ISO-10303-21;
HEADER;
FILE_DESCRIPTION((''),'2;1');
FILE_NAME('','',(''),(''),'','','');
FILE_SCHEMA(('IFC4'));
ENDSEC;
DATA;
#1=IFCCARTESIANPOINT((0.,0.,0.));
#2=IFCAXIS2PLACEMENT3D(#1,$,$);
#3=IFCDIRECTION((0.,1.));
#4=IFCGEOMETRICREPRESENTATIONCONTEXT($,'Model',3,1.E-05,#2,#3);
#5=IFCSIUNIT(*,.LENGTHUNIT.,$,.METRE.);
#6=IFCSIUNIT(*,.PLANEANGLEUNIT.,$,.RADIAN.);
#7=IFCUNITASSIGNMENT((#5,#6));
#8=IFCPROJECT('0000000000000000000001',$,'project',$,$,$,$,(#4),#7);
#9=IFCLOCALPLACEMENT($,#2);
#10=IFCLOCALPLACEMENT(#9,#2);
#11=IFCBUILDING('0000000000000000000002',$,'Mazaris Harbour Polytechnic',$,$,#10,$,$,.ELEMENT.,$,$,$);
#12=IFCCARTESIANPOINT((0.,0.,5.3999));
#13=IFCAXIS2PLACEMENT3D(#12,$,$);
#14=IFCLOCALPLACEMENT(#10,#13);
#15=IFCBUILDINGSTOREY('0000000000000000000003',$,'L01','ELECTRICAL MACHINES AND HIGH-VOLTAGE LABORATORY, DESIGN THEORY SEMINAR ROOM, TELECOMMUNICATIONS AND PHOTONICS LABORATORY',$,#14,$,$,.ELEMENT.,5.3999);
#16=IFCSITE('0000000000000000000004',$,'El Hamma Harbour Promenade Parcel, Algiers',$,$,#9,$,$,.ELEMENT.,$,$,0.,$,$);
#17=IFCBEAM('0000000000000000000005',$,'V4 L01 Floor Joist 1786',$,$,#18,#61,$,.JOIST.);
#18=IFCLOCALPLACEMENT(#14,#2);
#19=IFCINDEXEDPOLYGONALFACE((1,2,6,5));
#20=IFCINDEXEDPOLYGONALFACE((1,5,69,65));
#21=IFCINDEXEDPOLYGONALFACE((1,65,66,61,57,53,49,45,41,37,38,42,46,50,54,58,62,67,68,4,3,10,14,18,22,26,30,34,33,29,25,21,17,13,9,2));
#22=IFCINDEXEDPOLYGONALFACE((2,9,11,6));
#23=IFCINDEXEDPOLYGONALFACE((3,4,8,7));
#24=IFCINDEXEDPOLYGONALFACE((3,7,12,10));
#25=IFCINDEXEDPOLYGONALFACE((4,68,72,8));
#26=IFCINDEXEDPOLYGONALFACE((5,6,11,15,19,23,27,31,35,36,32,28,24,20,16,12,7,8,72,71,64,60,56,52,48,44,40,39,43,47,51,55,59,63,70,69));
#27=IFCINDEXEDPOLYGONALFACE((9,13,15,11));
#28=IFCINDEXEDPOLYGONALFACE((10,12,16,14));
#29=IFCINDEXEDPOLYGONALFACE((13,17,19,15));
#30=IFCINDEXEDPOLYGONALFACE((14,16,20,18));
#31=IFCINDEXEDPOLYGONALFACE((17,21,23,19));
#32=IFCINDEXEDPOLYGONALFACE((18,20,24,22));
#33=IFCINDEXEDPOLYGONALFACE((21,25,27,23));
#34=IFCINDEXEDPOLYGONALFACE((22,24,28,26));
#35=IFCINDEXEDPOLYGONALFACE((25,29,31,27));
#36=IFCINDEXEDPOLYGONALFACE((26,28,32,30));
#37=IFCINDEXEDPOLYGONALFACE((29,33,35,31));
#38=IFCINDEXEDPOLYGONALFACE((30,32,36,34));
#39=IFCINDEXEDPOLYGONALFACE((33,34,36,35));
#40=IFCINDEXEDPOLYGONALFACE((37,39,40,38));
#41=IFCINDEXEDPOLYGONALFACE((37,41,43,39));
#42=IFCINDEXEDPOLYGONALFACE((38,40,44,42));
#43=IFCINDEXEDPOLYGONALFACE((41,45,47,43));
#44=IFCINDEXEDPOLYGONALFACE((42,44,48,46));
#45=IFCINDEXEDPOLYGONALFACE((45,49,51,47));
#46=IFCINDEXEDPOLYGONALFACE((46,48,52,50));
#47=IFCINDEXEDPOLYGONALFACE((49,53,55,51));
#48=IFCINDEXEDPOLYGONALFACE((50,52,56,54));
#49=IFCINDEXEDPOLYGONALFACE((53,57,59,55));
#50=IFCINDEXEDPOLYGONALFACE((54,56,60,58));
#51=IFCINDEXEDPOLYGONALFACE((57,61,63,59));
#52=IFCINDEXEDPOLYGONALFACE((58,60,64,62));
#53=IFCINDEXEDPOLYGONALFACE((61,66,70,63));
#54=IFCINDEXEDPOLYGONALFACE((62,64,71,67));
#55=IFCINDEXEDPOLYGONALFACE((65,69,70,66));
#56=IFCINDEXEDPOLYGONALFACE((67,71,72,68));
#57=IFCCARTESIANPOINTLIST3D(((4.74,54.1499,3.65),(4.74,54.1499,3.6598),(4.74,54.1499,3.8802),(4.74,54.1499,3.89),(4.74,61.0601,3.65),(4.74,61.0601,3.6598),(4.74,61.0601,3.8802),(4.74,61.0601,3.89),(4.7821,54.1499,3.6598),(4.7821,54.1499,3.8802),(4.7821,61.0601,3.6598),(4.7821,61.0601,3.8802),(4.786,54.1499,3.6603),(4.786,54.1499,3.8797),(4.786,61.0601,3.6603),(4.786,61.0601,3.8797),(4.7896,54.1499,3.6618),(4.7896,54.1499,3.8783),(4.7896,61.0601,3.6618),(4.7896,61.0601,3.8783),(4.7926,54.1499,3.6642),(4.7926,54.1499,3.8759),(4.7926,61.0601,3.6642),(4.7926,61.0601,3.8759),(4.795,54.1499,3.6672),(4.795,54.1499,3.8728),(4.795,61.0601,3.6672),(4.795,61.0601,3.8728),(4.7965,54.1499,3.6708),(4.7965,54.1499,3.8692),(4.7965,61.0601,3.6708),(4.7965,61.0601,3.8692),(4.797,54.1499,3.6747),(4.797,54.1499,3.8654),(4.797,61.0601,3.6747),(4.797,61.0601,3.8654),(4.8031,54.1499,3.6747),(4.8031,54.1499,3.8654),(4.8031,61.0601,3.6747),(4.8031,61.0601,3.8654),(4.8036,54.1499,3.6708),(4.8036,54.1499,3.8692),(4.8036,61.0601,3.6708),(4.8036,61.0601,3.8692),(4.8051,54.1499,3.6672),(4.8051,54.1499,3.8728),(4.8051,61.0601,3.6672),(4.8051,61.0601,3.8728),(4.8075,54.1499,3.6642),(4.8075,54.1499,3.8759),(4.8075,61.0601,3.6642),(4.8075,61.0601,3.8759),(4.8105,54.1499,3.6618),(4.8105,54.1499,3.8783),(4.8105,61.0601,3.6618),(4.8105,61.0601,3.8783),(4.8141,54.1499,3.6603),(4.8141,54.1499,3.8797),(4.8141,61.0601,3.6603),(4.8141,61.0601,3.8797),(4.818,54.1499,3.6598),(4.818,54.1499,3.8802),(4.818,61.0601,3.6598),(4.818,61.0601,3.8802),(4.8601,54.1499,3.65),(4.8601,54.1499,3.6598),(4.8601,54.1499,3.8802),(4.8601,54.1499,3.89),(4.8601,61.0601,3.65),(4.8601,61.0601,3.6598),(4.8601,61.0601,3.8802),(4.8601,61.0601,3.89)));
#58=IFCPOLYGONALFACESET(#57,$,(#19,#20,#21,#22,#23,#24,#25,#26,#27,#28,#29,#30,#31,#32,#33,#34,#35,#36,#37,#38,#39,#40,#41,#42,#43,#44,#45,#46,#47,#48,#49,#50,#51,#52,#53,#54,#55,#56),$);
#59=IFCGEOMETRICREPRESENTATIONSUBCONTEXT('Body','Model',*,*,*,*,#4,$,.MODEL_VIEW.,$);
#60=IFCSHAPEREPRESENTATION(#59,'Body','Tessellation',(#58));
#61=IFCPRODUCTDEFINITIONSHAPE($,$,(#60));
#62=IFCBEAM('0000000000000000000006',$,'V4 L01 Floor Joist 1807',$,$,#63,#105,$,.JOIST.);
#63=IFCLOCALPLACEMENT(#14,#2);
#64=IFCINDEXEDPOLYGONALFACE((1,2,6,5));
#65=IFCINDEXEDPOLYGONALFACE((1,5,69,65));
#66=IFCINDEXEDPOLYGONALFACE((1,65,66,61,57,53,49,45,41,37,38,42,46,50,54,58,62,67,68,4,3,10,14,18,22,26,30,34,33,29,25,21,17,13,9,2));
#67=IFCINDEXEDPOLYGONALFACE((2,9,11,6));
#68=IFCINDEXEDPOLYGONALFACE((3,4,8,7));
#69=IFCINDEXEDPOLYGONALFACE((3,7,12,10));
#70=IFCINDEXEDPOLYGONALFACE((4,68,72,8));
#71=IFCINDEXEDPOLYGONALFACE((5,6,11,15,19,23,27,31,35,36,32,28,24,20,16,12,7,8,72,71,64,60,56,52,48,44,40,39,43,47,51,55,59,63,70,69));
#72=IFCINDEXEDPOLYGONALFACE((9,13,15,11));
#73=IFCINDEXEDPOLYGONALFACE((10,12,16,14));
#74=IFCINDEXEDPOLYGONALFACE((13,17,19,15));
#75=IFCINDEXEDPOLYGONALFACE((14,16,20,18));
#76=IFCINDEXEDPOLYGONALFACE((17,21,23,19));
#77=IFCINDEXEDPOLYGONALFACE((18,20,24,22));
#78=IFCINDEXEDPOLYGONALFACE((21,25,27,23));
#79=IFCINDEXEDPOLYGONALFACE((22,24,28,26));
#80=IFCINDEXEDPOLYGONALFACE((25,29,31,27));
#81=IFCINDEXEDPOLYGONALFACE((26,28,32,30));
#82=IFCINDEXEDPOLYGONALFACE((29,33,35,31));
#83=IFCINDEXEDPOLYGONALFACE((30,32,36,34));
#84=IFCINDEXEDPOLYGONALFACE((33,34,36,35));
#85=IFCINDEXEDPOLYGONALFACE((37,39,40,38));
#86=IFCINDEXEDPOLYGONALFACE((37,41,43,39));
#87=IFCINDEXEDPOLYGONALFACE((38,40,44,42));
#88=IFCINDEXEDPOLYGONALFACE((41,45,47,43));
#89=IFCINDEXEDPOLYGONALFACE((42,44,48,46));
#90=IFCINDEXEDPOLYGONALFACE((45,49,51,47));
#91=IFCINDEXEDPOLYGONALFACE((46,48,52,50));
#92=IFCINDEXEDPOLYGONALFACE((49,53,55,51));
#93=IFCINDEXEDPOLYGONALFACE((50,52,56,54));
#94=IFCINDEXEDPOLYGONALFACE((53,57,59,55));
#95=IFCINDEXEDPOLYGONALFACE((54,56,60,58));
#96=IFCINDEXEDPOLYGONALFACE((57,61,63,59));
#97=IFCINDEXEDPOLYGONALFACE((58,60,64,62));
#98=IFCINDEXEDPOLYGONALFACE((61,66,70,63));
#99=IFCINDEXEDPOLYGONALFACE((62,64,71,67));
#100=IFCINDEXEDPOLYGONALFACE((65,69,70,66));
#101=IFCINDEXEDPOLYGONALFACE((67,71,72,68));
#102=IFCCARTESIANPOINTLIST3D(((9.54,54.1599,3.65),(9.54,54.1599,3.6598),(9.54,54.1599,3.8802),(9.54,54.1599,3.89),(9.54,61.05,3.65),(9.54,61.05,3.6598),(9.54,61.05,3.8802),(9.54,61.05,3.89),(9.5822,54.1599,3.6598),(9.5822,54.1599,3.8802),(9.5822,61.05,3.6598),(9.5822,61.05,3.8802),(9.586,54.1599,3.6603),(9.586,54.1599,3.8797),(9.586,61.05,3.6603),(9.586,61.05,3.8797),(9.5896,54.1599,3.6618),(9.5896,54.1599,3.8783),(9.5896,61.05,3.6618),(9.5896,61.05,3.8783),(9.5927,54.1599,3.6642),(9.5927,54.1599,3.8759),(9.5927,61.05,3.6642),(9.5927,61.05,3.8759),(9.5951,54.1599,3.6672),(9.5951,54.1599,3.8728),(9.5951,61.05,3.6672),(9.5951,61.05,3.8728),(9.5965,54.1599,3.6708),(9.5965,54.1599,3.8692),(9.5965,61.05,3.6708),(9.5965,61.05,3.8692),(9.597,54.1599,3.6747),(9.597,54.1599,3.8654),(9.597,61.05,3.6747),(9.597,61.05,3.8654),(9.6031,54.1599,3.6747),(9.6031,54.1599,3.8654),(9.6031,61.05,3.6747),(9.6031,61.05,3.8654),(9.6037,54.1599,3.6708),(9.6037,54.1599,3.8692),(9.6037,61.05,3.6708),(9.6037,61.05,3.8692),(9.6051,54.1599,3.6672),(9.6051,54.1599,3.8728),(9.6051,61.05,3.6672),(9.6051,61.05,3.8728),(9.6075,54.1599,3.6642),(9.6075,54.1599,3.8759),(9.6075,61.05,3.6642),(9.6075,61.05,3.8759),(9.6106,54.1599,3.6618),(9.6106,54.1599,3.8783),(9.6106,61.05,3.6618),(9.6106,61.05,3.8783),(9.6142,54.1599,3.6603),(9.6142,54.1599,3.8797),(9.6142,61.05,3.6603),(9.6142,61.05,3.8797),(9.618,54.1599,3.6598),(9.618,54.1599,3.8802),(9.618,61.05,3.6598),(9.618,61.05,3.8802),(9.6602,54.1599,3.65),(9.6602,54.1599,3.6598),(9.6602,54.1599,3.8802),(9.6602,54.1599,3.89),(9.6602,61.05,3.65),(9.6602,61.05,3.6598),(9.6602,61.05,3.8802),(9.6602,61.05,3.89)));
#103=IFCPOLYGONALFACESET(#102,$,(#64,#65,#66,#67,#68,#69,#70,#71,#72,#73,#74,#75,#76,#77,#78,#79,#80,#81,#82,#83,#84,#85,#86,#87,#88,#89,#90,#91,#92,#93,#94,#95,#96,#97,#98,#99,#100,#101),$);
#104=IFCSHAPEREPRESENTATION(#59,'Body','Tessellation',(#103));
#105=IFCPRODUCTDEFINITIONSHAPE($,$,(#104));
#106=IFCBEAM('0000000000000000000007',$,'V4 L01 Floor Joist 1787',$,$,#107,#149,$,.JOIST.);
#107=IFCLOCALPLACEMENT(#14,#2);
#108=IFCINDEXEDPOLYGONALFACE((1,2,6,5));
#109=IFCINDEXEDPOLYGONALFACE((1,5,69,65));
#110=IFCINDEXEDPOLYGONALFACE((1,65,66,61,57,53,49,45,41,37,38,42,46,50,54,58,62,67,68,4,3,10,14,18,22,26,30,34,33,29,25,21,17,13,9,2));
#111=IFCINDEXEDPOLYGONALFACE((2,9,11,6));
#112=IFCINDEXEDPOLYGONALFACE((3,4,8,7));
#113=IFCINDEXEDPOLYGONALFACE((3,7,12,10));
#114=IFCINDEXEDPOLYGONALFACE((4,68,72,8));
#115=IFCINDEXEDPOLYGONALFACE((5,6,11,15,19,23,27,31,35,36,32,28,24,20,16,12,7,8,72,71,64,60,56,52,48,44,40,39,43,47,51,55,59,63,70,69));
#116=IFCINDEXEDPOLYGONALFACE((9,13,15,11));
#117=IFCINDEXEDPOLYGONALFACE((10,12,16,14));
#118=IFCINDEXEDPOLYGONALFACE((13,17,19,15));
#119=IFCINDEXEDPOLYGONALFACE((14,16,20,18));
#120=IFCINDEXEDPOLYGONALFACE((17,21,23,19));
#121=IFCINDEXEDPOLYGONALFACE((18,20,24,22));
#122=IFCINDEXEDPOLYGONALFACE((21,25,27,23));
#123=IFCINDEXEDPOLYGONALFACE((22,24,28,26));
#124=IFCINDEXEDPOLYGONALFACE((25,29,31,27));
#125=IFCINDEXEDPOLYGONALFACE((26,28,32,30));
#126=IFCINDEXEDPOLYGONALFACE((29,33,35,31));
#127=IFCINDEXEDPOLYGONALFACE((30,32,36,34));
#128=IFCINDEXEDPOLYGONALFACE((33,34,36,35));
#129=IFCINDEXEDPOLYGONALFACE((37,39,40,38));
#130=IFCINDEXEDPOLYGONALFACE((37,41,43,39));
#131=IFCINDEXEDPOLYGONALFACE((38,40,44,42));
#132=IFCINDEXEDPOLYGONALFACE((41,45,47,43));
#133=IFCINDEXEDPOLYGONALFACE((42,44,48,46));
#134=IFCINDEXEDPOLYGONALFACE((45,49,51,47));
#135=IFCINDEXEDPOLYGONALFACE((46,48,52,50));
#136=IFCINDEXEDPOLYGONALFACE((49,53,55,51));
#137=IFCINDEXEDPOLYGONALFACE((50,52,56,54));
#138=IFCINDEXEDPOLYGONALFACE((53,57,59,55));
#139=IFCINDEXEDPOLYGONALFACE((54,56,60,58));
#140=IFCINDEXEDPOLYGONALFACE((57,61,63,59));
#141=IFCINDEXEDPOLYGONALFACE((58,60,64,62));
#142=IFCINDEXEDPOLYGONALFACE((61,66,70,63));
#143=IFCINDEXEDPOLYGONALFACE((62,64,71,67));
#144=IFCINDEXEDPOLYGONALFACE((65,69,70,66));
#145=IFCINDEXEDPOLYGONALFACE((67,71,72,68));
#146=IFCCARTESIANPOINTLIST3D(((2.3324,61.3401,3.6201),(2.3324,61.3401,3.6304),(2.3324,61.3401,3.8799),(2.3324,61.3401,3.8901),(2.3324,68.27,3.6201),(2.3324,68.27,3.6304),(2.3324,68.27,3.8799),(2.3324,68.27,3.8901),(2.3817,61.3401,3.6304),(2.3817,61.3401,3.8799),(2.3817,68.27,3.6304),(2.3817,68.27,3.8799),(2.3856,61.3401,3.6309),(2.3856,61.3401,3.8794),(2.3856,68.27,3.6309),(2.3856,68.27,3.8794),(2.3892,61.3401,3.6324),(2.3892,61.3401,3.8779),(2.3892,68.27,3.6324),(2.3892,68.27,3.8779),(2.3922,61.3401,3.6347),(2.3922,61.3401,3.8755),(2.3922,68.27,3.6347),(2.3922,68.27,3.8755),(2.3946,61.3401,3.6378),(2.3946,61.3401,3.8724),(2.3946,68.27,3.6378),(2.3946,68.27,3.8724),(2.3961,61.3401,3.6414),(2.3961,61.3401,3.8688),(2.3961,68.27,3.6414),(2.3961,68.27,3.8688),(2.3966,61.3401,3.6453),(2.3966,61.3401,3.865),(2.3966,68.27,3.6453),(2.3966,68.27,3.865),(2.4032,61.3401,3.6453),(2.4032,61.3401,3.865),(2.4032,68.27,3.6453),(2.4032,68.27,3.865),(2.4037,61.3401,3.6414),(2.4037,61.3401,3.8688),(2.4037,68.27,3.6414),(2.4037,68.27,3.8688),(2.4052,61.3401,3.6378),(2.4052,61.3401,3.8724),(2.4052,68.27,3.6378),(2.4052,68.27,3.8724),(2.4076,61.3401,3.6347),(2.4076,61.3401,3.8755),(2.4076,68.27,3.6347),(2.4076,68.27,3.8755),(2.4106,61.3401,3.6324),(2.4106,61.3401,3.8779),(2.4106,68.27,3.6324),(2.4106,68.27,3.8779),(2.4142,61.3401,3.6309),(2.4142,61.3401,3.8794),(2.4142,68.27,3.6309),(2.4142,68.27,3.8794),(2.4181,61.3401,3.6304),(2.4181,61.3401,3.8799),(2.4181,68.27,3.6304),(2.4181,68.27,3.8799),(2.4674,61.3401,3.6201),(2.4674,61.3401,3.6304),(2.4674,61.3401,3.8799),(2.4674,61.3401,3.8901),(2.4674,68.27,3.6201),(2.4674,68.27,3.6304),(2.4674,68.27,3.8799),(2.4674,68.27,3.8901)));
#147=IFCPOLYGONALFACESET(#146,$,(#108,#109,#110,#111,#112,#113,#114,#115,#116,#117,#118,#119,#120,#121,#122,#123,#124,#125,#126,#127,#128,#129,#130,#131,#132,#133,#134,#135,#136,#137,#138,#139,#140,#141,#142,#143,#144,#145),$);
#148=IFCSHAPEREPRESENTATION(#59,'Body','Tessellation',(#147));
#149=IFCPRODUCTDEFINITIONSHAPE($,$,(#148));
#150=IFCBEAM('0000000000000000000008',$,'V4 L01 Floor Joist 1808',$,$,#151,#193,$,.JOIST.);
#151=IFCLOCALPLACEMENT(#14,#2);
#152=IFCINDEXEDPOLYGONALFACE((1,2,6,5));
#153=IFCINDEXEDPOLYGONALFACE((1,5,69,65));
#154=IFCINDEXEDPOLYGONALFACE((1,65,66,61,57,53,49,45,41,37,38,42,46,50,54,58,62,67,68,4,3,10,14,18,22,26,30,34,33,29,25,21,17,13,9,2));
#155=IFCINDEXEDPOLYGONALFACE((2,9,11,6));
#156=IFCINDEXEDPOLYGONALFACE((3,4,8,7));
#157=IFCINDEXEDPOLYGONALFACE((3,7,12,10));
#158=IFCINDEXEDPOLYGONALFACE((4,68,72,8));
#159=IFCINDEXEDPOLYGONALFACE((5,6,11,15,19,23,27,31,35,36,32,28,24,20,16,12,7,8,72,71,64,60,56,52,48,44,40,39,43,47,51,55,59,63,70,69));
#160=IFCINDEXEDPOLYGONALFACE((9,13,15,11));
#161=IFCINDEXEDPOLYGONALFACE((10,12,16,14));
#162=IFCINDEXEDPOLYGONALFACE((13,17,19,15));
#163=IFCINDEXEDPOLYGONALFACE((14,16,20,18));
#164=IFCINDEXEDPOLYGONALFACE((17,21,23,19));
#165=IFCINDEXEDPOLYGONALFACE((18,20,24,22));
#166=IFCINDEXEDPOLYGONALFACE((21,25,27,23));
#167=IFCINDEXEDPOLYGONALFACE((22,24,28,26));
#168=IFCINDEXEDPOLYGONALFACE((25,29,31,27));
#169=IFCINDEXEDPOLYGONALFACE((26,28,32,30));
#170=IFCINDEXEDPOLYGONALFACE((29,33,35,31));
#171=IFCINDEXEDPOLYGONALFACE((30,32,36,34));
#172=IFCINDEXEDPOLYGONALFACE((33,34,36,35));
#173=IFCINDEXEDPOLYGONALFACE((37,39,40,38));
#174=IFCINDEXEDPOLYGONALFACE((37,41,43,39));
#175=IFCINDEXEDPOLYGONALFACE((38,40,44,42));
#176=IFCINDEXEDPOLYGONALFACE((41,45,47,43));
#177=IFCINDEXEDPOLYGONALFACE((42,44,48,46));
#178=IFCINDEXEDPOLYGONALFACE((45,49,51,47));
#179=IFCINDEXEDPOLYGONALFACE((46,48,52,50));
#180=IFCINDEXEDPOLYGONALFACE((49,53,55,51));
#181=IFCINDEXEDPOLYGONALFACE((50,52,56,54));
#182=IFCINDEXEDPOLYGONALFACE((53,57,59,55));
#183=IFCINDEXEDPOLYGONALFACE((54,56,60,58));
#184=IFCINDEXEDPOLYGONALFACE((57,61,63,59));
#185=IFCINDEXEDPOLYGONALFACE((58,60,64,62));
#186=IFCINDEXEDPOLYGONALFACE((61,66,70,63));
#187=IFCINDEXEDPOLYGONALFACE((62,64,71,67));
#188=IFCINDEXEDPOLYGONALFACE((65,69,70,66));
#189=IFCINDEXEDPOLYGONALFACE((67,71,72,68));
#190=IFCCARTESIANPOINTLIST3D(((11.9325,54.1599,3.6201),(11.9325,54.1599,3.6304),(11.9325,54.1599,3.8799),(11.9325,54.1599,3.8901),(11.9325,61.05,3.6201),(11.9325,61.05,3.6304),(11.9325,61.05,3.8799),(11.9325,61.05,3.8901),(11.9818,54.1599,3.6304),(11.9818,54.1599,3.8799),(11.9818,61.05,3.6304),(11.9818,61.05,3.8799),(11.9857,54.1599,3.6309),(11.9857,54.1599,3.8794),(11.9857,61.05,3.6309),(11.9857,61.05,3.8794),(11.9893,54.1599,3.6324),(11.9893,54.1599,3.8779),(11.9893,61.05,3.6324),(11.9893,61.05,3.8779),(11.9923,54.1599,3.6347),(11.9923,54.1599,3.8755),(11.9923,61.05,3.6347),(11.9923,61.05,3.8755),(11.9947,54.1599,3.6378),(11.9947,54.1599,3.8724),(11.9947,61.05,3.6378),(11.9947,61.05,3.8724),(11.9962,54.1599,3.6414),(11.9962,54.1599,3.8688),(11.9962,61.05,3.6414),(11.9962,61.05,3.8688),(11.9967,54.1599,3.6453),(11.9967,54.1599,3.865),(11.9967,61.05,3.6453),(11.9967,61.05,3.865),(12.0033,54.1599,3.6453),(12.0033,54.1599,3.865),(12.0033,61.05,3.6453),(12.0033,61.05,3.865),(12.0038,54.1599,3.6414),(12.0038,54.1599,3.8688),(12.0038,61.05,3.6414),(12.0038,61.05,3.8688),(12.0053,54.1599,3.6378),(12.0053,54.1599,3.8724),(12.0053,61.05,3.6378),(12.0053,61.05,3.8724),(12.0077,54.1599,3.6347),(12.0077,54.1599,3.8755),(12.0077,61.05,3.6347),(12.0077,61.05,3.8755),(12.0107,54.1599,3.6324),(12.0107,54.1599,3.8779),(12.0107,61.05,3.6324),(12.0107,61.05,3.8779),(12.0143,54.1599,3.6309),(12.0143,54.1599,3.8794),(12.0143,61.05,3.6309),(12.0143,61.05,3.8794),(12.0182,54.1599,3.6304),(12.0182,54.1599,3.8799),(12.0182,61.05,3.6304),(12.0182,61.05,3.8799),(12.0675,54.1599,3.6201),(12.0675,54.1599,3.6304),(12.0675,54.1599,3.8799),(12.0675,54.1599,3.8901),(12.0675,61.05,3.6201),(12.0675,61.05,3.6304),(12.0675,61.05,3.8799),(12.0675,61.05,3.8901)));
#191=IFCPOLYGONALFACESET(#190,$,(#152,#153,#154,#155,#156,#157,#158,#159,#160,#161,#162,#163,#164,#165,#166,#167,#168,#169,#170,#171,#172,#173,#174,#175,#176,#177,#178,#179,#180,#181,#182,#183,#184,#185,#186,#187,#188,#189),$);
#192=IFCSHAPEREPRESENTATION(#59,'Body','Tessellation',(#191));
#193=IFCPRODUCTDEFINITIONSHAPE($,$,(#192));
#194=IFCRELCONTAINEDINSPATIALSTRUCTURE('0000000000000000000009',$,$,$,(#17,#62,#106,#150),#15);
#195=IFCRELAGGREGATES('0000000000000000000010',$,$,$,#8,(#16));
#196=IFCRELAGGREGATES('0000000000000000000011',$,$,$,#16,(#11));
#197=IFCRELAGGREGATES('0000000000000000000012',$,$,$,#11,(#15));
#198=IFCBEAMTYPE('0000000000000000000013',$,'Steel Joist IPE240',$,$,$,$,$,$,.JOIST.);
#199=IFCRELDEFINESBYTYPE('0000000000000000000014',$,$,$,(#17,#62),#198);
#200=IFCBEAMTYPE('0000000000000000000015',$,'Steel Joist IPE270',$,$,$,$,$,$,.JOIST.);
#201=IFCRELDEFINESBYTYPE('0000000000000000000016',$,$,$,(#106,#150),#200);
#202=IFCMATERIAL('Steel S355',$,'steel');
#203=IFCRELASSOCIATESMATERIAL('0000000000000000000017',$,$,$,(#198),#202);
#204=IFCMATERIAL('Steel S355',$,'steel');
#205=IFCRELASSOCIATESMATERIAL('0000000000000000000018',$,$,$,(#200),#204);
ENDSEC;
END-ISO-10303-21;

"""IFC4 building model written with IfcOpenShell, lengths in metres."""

from ifc_helpers import new_model, si_unit, direction, frame, origin, origin_2d, place, context, subcontext, project, spatial, i_section, extrude, material, material_profile, profile_set, type_object, element, save


model = new_model("IFC4")

# Units and contexts
model_context = context("Model", 3, precision=1e-05, world=origin(), true_north=direction((0.0, 1.0)))
body_context = subcontext(model_context, "Body", "Model", "MODEL_VIEW")
ifc_project = project(units=[si_unit("LENGTHUNIT", "METRE"), si_unit("PLANEANGLEUNIT", "RADIAN")], contexts=[model_context])

# Site, building, storey
site_placement = place(None, origin())
site = spatial("IfcSite", under=ifc_project, at=site_placement, Name="El Hamma Harbour Promenade Parcel, Algiers", CompositionType="ELEMENT", RefElevation=0.0)
building_placement = place(site_placement, origin())
building = spatial("IfcBuilding", under=site, at=building_placement, Name="Mazaris Harbour Polytechnic", CompositionType="ELEMENT")
storey_placement = place(building_placement, frame((0.0, 0.0, 5.3999)))
storey = spatial("IfcBuildingStorey", under=building, at=storey_placement, Name="L01", Description="ELECTRICAL MACHINES AND HIGH-VOLTAGE LABORATORY, DESIGN THEORY SEMINAR ROOM, TELECOMMUNICATIONS AND PHOTONICS LABORATORY", CompositionType="ELEMENT", Elevation=5.3999)

# Beams
ifc_material_1 = material(Name="Steel S355", Category="steel")
ifc_material_profile_1 = material_profile(ifc_material_1, i_section(OverallWidth=0.1201, OverallDepth=0.24, WebThickness=0.0061, FlangeThickness=0.0098, FilletRadius=0.0149, at=origin_2d()), Name="IPE 240")
ifc_profile_set_1 = profile_set([ifc_material_profile_1], Name="Steel S355")
beam_type_1 = type_object("IfcBeamType", Name="Steel Joist IPE240", PredefinedType="JOIST", material=ifc_profile_set_1)
beam_1_placement = place(storey_placement, frame((4.8, 54.1499, 3.77), z_axis=(0.0, 1.0, 0.0), x_axis=(-1.0, 0.0, 0.0)))
element("IfcBeam", 1, at=beam_1_placement, inside=storey, type_object=beam_type_1, Name="V4 L01 Floor Joist 1786", PredefinedType="JOIST", context=body_context, shape_type="SweptSolid", body=[
    extrude(i_section(OverallWidth=0.1201, OverallDepth=0.24, WebThickness=0.0061, FlangeThickness=0.0098, FilletRadius=0.0149, at=origin_2d()), origin(), (0.0, 0.0, 1.0), 6.9102),
])
beam_2_placement = place(storey_placement, frame((9.6001, 54.1599, 3.77), z_axis=(0.0, 1.0, 0.0), x_axis=(-1.0, 0.0, 0.0)))
element("IfcBeam", 2, at=beam_2_placement, inside=storey, type_object=beam_type_1, Name="V4 L01 Floor Joist 1807", PredefinedType="JOIST", context=body_context, shape_type="SweptSolid", body=[
    extrude(i_section(OverallWidth=0.1201, OverallDepth=0.24, WebThickness=0.0061, FlangeThickness=0.0098, FilletRadius=0.0149, at=origin_2d()), origin(), (0.0, 0.0, 1.0), 6.8901),
])
ifc_material_2 = material(Name="Steel S355", Category="steel")
ifc_material_profile_2 = material_profile(ifc_material_2, i_section(OverallWidth=0.135, OverallDepth=0.27, WebThickness=0.0066, FlangeThickness=0.0103, FilletRadius=0.0149, at=origin_2d()), Name="IPE 270")
ifc_profile_set_2 = profile_set([ifc_material_profile_2], Name="Steel S355")
beam_type_2 = type_object("IfcBeamType", Name="Steel Joist IPE270", PredefinedType="JOIST", material=ifc_profile_set_2)
beam_3_placement = place(storey_placement, frame((2.3999, 61.3401, 3.7551), z_axis=(0.0, 1.0, 0.0), x_axis=(-1.0, 0.0, 0.0)))
element("IfcBeam", 3, at=beam_3_placement, inside=storey, type_object=beam_type_2, Name="V4 L01 Floor Joist 1787", PredefinedType="JOIST", context=body_context, shape_type="SweptSolid", body=[
    extrude(i_section(OverallWidth=0.135, OverallDepth=0.27, WebThickness=0.0066, FlangeThickness=0.0103, FilletRadius=0.0149, at=origin_2d()), origin(), (0.0, 0.0, 1.0), 6.9299),
])
beam_4_placement = place(storey_placement, frame((12.0, 54.1599, 3.7551), z_axis=(0.0, 1.0, 0.0), x_axis=(-1.0, 0.0, 0.0)))
element("IfcBeam", 4, at=beam_4_placement, inside=storey, type_object=beam_type_2, Name="V4 L01 Floor Joist 1808", PredefinedType="JOIST", context=body_context, shape_type="SweptSolid", body=[
    extrude(i_section(OverallWidth=0.135, OverallDepth=0.27, WebThickness=0.0066, FlangeThickness=0.0103, FilletRadius=0.0149, at=origin_2d()), origin(), (0.0, 0.0, 1.0), 6.8901),
])

save(model, "model.ifc")
